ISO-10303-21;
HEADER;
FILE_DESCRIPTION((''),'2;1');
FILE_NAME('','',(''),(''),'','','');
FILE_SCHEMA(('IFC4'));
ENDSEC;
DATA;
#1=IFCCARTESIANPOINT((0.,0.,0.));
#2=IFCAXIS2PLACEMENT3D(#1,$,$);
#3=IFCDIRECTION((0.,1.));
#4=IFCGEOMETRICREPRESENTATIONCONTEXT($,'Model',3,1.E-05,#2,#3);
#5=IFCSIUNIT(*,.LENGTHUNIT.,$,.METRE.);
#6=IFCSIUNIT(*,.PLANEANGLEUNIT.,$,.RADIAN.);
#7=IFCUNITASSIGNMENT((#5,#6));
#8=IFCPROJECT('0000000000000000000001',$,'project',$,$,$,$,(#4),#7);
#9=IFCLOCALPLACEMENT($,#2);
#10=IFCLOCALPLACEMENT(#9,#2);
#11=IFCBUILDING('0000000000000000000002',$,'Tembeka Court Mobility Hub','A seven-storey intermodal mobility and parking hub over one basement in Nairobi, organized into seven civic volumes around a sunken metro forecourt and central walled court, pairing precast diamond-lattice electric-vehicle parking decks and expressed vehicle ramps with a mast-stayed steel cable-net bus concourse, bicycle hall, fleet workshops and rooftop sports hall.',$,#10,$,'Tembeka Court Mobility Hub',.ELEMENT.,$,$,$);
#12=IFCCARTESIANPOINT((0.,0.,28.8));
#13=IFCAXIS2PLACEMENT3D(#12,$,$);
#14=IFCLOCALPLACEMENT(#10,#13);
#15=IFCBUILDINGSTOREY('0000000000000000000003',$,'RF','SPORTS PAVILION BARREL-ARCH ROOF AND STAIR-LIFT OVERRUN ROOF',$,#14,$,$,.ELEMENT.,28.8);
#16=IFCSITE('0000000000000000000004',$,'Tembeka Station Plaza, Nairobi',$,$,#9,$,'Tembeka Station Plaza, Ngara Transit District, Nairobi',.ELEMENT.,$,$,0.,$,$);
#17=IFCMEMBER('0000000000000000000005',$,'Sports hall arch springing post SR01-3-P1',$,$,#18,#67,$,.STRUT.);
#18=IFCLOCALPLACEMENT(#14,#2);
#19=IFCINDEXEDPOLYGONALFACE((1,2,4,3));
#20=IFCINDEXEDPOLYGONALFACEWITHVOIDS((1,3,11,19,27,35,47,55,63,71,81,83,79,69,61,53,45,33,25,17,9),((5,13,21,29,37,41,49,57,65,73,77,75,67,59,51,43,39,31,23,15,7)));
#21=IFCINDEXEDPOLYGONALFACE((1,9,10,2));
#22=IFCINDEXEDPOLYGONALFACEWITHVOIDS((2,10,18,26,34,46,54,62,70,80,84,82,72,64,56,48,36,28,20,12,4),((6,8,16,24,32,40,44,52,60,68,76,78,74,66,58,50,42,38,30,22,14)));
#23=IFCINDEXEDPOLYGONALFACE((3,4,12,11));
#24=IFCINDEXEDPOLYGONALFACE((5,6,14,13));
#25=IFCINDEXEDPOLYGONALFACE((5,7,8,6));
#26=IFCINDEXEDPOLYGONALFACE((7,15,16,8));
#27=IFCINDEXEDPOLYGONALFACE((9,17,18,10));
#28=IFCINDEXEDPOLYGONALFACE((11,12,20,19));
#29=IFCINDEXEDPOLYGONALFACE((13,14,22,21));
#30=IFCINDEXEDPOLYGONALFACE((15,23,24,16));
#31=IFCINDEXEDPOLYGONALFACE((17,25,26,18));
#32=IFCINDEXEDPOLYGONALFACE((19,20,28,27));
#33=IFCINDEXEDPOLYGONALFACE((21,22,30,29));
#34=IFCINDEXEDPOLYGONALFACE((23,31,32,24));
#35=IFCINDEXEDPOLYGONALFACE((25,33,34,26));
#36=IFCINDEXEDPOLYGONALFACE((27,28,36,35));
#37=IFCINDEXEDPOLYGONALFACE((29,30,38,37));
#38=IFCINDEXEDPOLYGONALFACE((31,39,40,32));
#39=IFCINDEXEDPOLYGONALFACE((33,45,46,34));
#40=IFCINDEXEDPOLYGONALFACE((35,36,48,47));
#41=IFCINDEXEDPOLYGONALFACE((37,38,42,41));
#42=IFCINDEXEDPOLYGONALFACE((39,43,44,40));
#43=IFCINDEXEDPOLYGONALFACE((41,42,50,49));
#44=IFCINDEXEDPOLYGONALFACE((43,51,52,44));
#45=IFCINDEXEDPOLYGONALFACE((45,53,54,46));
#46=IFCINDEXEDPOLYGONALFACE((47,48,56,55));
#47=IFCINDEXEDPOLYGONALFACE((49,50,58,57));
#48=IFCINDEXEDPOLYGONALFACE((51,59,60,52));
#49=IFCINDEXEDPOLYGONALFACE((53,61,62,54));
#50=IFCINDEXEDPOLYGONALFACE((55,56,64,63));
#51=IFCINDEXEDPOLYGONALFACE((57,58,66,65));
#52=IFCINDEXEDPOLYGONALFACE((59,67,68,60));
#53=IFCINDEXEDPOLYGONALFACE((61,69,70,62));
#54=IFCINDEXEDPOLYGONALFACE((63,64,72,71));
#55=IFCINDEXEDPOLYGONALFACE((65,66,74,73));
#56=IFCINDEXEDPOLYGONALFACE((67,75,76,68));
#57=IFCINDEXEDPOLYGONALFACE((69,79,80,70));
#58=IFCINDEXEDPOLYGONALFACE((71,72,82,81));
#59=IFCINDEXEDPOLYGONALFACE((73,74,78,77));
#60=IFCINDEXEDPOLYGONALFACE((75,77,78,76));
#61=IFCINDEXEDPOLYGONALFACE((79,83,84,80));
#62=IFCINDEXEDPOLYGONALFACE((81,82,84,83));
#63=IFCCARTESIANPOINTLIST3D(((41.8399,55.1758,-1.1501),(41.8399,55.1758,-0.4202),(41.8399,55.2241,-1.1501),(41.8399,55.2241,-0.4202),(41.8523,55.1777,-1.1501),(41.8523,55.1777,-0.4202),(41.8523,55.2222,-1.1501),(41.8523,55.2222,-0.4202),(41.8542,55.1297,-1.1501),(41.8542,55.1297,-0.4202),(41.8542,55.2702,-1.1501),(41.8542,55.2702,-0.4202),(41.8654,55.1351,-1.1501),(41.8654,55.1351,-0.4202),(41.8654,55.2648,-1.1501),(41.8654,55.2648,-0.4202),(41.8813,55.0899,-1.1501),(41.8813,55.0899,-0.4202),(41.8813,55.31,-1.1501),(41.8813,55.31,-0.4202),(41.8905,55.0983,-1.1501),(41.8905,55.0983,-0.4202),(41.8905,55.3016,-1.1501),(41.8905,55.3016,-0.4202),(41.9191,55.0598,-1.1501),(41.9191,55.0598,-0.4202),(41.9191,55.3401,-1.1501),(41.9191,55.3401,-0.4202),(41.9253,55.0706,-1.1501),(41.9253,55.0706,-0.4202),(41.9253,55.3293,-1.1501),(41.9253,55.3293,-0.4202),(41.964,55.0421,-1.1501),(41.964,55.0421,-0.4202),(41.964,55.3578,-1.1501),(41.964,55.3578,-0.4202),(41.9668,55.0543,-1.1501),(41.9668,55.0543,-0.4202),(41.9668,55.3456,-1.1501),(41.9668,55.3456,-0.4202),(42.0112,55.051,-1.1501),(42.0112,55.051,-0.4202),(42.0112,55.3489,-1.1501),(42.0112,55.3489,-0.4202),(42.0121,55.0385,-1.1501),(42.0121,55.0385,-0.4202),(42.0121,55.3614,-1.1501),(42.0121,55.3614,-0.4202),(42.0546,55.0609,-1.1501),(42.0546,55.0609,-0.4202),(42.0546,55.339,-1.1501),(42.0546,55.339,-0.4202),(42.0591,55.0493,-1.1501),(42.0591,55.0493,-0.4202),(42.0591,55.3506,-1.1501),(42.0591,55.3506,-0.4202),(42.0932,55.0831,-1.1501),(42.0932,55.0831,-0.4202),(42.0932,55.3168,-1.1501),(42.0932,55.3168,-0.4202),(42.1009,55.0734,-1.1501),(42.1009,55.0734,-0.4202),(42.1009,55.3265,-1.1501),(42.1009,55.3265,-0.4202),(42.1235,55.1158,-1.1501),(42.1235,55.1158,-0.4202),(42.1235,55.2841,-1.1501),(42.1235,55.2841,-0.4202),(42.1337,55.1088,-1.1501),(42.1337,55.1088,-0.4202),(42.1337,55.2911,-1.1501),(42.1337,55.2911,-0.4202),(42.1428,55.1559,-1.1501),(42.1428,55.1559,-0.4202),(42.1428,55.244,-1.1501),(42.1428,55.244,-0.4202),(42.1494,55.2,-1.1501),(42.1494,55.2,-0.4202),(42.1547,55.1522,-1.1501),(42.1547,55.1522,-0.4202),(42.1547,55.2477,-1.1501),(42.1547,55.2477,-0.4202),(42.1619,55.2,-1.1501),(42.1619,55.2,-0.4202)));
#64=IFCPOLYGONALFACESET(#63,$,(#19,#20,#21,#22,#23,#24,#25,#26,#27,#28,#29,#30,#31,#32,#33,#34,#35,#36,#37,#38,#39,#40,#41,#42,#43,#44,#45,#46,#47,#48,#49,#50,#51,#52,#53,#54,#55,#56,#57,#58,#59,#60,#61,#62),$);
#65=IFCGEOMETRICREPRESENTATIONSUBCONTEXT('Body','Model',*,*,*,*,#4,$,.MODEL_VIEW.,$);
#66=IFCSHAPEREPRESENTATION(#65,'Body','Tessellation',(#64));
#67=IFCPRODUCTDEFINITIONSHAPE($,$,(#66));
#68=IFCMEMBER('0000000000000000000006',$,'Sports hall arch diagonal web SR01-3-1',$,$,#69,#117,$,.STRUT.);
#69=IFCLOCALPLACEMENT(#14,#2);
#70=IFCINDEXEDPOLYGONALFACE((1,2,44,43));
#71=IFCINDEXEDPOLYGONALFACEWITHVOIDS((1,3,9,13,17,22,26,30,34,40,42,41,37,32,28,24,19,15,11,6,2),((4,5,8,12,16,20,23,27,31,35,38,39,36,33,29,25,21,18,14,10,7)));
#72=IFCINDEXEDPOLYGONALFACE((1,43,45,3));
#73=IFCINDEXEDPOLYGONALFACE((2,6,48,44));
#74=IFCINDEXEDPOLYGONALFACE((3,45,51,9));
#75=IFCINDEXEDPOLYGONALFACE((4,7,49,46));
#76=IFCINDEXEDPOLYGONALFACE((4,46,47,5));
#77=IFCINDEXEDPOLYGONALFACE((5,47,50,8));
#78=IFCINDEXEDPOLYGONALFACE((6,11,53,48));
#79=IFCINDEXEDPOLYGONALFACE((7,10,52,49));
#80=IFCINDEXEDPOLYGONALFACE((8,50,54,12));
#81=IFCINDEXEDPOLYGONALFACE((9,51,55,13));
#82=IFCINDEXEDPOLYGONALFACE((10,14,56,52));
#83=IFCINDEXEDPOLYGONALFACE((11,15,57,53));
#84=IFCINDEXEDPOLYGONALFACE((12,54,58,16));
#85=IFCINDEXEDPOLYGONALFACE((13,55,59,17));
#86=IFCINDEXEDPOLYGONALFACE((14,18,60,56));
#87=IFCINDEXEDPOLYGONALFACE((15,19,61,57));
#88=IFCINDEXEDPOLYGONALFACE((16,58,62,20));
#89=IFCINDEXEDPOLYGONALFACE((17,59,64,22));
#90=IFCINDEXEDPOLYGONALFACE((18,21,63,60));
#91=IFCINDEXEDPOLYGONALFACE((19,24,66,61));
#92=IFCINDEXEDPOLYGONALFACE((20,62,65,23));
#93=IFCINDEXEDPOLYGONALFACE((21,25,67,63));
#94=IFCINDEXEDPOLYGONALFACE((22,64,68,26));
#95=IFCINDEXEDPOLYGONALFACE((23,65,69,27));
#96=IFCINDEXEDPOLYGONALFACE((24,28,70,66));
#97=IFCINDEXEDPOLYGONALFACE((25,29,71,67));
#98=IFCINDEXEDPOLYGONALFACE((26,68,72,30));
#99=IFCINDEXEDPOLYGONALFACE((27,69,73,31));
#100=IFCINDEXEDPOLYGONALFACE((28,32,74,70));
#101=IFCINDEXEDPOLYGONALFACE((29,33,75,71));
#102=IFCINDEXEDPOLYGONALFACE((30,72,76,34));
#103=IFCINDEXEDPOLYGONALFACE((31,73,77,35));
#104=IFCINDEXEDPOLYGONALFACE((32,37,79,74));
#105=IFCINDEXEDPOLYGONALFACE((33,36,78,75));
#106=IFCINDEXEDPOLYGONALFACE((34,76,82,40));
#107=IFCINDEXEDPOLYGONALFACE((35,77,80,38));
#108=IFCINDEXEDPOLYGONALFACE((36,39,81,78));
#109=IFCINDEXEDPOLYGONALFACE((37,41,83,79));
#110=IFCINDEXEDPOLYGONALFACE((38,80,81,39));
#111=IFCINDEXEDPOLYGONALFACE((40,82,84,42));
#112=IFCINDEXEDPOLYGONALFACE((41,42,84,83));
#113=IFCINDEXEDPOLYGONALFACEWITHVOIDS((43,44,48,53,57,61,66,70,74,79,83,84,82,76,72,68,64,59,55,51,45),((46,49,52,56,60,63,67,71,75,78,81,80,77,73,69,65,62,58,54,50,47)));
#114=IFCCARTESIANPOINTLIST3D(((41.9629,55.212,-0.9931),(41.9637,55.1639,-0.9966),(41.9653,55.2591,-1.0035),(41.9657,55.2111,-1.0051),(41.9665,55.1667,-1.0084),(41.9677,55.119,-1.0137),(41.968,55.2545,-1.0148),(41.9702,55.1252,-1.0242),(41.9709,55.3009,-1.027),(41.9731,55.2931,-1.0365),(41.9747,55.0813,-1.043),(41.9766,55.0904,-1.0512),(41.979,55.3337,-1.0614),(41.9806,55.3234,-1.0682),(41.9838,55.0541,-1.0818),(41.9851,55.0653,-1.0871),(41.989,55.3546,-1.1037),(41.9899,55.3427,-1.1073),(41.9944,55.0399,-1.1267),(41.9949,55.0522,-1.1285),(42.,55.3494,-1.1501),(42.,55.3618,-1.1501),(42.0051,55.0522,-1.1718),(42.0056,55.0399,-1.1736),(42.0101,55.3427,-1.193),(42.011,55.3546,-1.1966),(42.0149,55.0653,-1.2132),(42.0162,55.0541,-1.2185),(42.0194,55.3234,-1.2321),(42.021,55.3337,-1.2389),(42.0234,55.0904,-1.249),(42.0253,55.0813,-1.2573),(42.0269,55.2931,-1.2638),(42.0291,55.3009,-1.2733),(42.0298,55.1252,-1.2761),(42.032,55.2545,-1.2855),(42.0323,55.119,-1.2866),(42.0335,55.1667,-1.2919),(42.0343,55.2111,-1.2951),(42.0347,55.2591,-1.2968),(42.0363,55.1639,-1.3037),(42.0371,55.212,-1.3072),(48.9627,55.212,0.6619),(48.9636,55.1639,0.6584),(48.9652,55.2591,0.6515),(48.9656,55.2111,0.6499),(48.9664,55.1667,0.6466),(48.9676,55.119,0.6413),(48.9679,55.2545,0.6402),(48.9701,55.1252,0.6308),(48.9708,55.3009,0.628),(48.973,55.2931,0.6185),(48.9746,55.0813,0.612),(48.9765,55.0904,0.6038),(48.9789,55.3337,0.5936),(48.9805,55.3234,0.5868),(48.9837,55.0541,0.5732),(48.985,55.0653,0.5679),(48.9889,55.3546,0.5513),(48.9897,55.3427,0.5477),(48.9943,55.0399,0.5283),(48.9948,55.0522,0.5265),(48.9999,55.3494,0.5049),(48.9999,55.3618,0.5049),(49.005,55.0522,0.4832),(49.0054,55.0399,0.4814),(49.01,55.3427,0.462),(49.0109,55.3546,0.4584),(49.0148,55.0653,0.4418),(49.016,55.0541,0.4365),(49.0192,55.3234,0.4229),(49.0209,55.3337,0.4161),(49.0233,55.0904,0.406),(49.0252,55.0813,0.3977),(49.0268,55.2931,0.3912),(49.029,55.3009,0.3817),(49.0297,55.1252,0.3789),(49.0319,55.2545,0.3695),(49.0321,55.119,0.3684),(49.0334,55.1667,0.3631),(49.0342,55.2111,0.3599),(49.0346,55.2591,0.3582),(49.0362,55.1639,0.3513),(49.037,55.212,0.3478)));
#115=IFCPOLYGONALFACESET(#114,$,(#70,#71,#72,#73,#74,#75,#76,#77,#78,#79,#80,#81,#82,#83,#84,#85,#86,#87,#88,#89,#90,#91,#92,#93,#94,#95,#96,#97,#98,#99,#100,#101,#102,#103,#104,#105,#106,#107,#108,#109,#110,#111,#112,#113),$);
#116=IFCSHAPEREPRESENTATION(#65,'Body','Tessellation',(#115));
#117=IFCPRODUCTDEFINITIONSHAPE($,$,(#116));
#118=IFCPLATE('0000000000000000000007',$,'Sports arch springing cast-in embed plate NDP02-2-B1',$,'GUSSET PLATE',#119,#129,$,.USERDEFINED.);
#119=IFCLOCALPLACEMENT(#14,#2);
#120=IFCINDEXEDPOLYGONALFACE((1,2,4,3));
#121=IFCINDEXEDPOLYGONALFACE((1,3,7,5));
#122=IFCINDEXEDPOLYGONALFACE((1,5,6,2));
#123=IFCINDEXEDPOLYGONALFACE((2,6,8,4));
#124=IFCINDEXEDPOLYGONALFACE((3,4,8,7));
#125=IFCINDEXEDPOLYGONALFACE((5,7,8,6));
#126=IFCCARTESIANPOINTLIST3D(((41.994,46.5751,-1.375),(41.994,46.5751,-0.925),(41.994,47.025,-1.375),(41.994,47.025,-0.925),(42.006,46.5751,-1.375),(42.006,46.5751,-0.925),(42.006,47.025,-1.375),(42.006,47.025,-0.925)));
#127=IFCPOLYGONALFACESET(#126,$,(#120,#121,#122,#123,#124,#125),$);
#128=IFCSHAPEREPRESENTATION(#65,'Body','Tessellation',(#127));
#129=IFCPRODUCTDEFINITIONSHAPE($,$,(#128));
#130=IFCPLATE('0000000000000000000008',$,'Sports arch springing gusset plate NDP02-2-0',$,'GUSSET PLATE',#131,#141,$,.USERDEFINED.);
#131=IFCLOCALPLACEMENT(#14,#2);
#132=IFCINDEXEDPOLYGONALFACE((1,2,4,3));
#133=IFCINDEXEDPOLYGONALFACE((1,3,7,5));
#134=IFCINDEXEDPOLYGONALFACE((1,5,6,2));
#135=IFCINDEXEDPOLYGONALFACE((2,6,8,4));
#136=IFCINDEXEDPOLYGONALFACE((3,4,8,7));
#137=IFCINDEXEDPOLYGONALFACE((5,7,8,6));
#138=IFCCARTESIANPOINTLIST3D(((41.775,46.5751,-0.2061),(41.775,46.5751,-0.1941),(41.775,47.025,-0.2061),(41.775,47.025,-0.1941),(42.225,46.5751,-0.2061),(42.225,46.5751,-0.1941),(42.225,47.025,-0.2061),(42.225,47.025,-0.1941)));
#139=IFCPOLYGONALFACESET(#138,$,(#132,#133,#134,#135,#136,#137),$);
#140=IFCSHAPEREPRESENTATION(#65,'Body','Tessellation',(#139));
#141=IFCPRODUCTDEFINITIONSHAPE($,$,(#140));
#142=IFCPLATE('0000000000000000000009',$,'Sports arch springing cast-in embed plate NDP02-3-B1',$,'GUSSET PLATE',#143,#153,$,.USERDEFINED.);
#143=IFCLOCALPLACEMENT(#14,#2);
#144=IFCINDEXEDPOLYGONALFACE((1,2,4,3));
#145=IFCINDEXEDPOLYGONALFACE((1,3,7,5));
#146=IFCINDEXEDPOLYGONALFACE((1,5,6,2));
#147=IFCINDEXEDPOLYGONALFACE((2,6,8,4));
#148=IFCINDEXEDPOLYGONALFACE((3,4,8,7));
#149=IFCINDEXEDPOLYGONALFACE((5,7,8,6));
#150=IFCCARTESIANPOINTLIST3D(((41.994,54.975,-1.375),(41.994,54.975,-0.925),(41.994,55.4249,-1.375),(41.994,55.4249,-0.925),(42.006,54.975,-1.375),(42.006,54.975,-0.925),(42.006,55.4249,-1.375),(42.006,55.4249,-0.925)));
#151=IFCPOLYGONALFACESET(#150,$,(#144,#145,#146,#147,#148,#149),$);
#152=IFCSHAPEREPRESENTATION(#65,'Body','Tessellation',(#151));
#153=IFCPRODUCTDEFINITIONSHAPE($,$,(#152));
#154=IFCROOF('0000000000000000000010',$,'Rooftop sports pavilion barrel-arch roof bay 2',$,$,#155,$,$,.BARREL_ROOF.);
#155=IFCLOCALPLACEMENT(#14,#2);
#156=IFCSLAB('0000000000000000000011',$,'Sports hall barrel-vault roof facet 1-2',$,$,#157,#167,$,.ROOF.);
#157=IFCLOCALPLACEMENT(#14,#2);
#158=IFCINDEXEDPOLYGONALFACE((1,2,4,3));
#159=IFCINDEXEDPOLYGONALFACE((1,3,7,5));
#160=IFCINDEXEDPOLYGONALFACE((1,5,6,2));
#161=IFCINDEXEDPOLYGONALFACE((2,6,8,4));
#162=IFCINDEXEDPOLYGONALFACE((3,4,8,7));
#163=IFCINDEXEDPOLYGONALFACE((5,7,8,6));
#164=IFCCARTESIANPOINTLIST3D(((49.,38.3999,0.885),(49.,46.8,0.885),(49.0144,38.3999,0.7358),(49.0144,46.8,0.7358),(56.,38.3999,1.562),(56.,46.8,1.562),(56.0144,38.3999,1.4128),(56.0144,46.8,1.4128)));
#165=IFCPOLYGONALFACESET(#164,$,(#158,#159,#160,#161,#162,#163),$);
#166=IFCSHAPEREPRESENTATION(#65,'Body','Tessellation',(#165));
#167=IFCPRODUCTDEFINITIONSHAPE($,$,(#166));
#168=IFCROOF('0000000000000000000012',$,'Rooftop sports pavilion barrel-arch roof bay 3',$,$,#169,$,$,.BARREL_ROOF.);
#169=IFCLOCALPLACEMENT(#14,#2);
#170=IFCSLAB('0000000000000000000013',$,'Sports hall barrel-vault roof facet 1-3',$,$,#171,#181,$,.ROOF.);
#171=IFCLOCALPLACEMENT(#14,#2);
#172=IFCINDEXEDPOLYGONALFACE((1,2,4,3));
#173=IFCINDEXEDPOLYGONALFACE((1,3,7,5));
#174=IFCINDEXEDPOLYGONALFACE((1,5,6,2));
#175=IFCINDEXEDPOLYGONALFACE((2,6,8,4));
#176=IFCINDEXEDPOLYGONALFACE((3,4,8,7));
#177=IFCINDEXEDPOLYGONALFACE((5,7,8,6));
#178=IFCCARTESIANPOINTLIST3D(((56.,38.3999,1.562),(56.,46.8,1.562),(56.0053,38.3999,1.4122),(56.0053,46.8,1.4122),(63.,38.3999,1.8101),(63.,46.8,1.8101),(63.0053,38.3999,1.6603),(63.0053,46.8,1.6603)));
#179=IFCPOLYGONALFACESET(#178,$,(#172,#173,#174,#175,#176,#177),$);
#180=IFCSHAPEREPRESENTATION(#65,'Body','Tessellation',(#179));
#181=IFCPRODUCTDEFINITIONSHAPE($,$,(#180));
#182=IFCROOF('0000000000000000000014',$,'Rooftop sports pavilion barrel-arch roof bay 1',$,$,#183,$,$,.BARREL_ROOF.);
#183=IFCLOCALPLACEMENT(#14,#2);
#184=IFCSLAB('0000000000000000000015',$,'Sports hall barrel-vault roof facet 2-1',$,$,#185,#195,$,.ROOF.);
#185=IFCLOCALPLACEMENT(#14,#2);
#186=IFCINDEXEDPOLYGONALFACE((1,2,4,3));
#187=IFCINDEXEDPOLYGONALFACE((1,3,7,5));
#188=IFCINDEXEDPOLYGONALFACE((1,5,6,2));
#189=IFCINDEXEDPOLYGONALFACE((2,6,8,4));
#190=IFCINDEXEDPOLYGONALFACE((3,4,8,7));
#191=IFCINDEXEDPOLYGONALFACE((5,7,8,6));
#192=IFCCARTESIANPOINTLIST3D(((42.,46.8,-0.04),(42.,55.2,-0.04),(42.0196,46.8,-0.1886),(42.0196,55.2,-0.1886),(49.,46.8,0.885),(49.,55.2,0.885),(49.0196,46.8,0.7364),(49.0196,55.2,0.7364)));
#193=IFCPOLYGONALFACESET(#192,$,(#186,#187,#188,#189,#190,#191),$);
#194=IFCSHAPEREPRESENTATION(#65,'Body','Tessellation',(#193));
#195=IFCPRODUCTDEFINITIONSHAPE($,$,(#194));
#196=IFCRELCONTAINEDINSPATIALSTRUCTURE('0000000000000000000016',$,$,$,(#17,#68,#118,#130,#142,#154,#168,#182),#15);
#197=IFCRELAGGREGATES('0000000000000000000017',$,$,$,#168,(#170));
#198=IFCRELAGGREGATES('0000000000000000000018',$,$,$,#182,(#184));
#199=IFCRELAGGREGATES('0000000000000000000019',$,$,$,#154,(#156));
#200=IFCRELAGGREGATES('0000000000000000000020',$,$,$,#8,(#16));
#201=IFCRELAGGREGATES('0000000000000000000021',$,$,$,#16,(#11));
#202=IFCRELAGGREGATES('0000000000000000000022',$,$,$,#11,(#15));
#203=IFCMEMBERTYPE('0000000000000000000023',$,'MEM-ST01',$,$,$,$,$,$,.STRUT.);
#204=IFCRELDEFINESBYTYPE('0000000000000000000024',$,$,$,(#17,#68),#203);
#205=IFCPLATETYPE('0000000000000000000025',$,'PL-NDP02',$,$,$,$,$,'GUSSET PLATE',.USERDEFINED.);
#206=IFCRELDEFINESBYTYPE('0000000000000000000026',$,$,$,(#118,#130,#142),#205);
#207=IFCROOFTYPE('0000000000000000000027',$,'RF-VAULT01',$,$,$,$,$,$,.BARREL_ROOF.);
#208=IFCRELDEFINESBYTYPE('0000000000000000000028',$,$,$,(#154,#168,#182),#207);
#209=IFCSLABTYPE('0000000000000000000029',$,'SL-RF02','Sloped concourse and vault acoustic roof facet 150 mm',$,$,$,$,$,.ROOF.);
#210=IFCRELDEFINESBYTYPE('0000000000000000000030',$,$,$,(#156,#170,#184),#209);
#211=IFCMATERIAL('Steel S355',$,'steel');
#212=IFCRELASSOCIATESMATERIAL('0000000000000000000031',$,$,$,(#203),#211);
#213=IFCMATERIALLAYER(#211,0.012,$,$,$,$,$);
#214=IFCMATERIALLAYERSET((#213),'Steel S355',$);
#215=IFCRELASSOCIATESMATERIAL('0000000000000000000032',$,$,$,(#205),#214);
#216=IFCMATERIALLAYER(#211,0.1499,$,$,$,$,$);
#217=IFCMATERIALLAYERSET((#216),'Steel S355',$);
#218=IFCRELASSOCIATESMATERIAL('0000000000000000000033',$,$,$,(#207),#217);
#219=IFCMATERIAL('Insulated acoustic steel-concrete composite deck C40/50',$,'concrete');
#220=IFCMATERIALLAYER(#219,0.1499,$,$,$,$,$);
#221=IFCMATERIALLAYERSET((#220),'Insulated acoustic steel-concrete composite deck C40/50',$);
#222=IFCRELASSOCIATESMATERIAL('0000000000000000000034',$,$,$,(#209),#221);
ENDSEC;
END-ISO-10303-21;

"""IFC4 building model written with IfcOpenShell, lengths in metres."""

from ifc_helpers import new_model, si_unit, direction, frame, origin, origin_2d, place, context, subcontext, project, spatial, polyline, rectangle, hollow_circle, outline, extrude, material, layer, layer_set, material_profile, profile_set, type_object, element, aggregate, save


model = new_model("IFC4")

# Units and contexts
model_context = context("Model", 3, precision=1e-05, world=origin(), true_north=direction((0.0, 1.0)))
body_context = subcontext(model_context, "Body", "Model", "MODEL_VIEW")
ifc_project = project(units=[si_unit("LENGTHUNIT", "METRE"), si_unit("PLANEANGLEUNIT", "RADIAN")], contexts=[model_context])

# Site, building, storey
site_placement = place(None, origin())
site = spatial("IfcSite", under=ifc_project, at=site_placement, Name="Tembeka Station Plaza, Nairobi", LongName="Tembeka Station Plaza, Ngara Transit District, Nairobi", CompositionType="ELEMENT", RefElevation=0.0)
building_placement = place(site_placement, origin())
building = spatial("IfcBuilding", under=site, at=building_placement, Name="Tembeka Court Mobility Hub", Description="A seven-storey intermodal mobility and parking hub over one basement in Nairobi, organized into seven civic volumes around a sunken metro forecourt and central walled court, pairing precast diamond-lattice electric-vehicle parking decks and expressed vehicle ramps with a mast-stayed steel cable-net bus concourse, bicycle hall, fleet workshops and rooftop sports hall.", LongName="Tembeka Court Mobility Hub", CompositionType="ELEMENT")
storey_placement = place(building_placement, frame((0.0, 0.0, 28.8)))
storey = spatial("IfcBuildingStorey", under=building, at=storey_placement, Name="RF", Description="SPORTS PAVILION BARREL-ARCH ROOF AND STAIR-LIFT OVERRUN ROOF", CompositionType="ELEMENT", Elevation=28.8)

# Shared definitions
ifc_material_1 = material(Name="Steel S355", Category="steel")

# Members
ifc_material_profile_1 = material_profile(ifc_material_1, hollow_circle(Radius=0.1619, WallThickness=0.0125, at=origin_2d()), Name="CHS 323.9x12.5")
ifc_profile_set_1 = profile_set([ifc_material_profile_1], Name="Steel S355")
member_type = type_object("IfcMemberType", Name="MEM-ST01", PredefinedType="STRUT", material=ifc_profile_set_1)
member_1_placement = place(storey_placement, frame((42.0, 55.2, -1.1501), z_axis=(0.0, 0.0, 1.0), x_axis=(1.0, 0.0, 0.0)))
element("IfcMember", 1, at=member_1_placement, inside=storey, type_object=member_type, Name="Sports hall arch springing post SR01-3-P1", PredefinedType="STRUT", context=body_context, shape_type="SweptSolid", body=[
    extrude(hollow_circle(Radius=0.1619, WallThickness=0.0125, at=origin_2d()), origin(), (0.0, 0.0, 1.0), 0.73),
])
member_2_placement = place(storey_placement, frame((42.0, 55.2, -1.1501), z_axis=(0.97317, 0.0, 0.230089), x_axis=(0.0, 1.0, 0.0)))
element("IfcMember", 2, at=member_2_placement, inside=storey, type_object=member_type, Name="Sports hall arch diagonal web SR01-3-1", PredefinedType="STRUT", context=body_context, shape_type="SweptSolid", body=[
    extrude(hollow_circle(Radius=0.1619, WallThickness=0.0125, at=origin_2d()), origin(), (0.0, 0.0, 1.0), 7.1929),
])

# Plates
ifc_layer_1 = layer(ifc_material_1, 0.012)
ifc_layer_set_1 = layer_set([ifc_layer_1], Name="Steel S355")
plate_type = type_object("IfcPlateType", Name="PL-NDP02", ElementType="GUSSET PLATE", PredefinedType="USERDEFINED", material=ifc_layer_set_1)
plate_1_placement = place(storey_placement, frame((42.0, 46.8, -1.375), z_axis=(0.0, 0.0, 1.0), x_axis=(1.0, 0.0, 0.0)))
element("IfcPlate", 3, at=plate_1_placement, inside=storey, type_object=plate_type, Name="Sports arch springing cast-in embed plate NDP02-2-B1", ObjectType="GUSSET PLATE", PredefinedType="USERDEFINED", context=body_context, shape_type="SweptSolid", body=[
    extrude(rectangle(XDim=0.012, YDim=0.45, at=origin_2d()), origin(), (0.0, 0.0, 1.0), 0.45),
])
plate_2_placement = place(storey_placement, frame((42.0, 46.8, -0.2061), z_axis=(0.0, 0.0, 1.0), x_axis=(1.0, 0.0, 0.0)))
element("IfcPlate", 4, at=plate_2_placement, inside=storey, type_object=plate_type, Name="Sports arch springing gusset plate NDP02-2-0", ObjectType="GUSSET PLATE", PredefinedType="USERDEFINED", context=body_context, shape_type="SweptSolid", body=[
    extrude(rectangle(XDim=0.45, YDim=0.45, at=origin_2d()), origin(), (0.0, 0.0, 1.0), 0.012),
])
plate_3_placement = place(storey_placement, frame((42.0, 55.2, -1.375), z_axis=(0.0, 0.0, 1.0), x_axis=(1.0, 0.0, 0.0)))
element("IfcPlate", 5, at=plate_3_placement, inside=storey, type_object=plate_type, Name="Sports arch springing cast-in embed plate NDP02-3-B1", ObjectType="GUSSET PLATE", PredefinedType="USERDEFINED", context=body_context, shape_type="SweptSolid", body=[
    extrude(rectangle(XDim=0.012, YDim=0.45, at=origin_2d()), origin(), (0.0, 0.0, 1.0), 0.45),
])

# Roofs, slabs
ifc_layer_2 = layer(ifc_material_1, 0.1499)
ifc_layer_set_2 = layer_set([ifc_layer_2], Name="Steel S355")
roof_type = type_object("IfcRoofType", Name="RF-VAULT01", PredefinedType="BARREL_ROOF", material=ifc_layer_set_2)
roof_1_placement = place(storey_placement, origin())
roof_1 = element("IfcRoof", 6, at=roof_1_placement, inside=storey, type_object=roof_type, Name="Rooftop sports pavilion barrel-arch roof bay 2", PredefinedType="BARREL_ROOF")
ifc_material_2 = material(Name="Insulated acoustic steel-concrete composite deck C40/50", Category="concrete")
ifc_layer_3 = layer(ifc_material_2, 0.1499)
ifc_layer_set_3 = layer_set([ifc_layer_3], Name="Insulated acoustic steel-concrete composite deck C40/50")
slab_type = type_object("IfcSlabType", Name="SL-RF02", Description="Sloped concourse and vault acoustic roof facet 150 mm", PredefinedType="ROOF", material=ifc_layer_set_3)
slab_1_placement = place(storey_placement, frame((49.0, 38.3999, 0.885), z_axis=(-0.096265, 0.0, 0.995356), x_axis=(0.995356, 0.0, 0.096265)))
slab_1 = element("IfcSlab", 7, at=slab_1_placement, type_object=slab_type, Name="Sports hall barrel-vault roof facet 1-2", PredefinedType="ROOF", context=body_context, shape_type="SweptSolid", body=[
    extrude(outline(polyline([(0.0, 0.0), (7.0327, 0.0), (7.0327, 8.4001), (0.0, 8.4001), (0.0, 0.0)])), origin(), (0.0, 0.0, -1.0), 0.1499),
])
roof_2_placement = place(storey_placement, origin())
roof_2 = element("IfcRoof", 8, at=roof_2_placement, inside=storey, type_object=roof_type, Name="Rooftop sports pavilion barrel-arch roof bay 3", PredefinedType="BARREL_ROOF")
slab_2_placement = place(storey_placement, frame((56.0, 38.3999, 1.562), z_axis=(-0.035413, 0.0, 0.999373), x_axis=(0.999373, 0.0, 0.035413)))
slab_2 = element("IfcSlab", 9, at=slab_2_placement, type_object=slab_type, Name="Sports hall barrel-vault roof facet 1-3", PredefinedType="ROOF", context=body_context, shape_type="SweptSolid", body=[
    extrude(outline(polyline([(0.0, 0.0), (7.0044, 0.0), (7.0044, 8.4001), (0.0, 8.4001), (0.0, 0.0)])), origin(), (0.0, 0.0, -1.0), 0.1499),
])
aggregate(roof_2, [slab_2])
roof_3_placement = place(storey_placement, origin())
roof_3 = element("IfcRoof", 10, at=roof_3_placement, inside=storey, type_object=roof_type, Name="Rooftop sports pavilion barrel-arch roof bay 1", PredefinedType="BARREL_ROOF")
slab_3_placement = place(storey_placement, frame((42.0, 46.8, -0.04), z_axis=(-0.131011, 0.0, 0.991381), x_axis=(0.991381, 0.0, 0.131011)))
slab_3 = element("IfcSlab", 11, at=slab_3_placement, type_object=slab_type, Name="Sports hall barrel-vault roof facet 2-1", PredefinedType="ROOF", context=body_context, shape_type="SweptSolid", body=[
    extrude(outline(polyline([(0.0, 0.0), (7.0609, 0.0), (7.0609, 8.3999), (0.0, 8.3999), (0.0, 0.0)])), origin(), (0.0, 0.0, -1.0), 0.1499),
])
aggregate(roof_3, [slab_3])

aggregate(roof_1, [slab_1])

save(model, "model.ifc")
